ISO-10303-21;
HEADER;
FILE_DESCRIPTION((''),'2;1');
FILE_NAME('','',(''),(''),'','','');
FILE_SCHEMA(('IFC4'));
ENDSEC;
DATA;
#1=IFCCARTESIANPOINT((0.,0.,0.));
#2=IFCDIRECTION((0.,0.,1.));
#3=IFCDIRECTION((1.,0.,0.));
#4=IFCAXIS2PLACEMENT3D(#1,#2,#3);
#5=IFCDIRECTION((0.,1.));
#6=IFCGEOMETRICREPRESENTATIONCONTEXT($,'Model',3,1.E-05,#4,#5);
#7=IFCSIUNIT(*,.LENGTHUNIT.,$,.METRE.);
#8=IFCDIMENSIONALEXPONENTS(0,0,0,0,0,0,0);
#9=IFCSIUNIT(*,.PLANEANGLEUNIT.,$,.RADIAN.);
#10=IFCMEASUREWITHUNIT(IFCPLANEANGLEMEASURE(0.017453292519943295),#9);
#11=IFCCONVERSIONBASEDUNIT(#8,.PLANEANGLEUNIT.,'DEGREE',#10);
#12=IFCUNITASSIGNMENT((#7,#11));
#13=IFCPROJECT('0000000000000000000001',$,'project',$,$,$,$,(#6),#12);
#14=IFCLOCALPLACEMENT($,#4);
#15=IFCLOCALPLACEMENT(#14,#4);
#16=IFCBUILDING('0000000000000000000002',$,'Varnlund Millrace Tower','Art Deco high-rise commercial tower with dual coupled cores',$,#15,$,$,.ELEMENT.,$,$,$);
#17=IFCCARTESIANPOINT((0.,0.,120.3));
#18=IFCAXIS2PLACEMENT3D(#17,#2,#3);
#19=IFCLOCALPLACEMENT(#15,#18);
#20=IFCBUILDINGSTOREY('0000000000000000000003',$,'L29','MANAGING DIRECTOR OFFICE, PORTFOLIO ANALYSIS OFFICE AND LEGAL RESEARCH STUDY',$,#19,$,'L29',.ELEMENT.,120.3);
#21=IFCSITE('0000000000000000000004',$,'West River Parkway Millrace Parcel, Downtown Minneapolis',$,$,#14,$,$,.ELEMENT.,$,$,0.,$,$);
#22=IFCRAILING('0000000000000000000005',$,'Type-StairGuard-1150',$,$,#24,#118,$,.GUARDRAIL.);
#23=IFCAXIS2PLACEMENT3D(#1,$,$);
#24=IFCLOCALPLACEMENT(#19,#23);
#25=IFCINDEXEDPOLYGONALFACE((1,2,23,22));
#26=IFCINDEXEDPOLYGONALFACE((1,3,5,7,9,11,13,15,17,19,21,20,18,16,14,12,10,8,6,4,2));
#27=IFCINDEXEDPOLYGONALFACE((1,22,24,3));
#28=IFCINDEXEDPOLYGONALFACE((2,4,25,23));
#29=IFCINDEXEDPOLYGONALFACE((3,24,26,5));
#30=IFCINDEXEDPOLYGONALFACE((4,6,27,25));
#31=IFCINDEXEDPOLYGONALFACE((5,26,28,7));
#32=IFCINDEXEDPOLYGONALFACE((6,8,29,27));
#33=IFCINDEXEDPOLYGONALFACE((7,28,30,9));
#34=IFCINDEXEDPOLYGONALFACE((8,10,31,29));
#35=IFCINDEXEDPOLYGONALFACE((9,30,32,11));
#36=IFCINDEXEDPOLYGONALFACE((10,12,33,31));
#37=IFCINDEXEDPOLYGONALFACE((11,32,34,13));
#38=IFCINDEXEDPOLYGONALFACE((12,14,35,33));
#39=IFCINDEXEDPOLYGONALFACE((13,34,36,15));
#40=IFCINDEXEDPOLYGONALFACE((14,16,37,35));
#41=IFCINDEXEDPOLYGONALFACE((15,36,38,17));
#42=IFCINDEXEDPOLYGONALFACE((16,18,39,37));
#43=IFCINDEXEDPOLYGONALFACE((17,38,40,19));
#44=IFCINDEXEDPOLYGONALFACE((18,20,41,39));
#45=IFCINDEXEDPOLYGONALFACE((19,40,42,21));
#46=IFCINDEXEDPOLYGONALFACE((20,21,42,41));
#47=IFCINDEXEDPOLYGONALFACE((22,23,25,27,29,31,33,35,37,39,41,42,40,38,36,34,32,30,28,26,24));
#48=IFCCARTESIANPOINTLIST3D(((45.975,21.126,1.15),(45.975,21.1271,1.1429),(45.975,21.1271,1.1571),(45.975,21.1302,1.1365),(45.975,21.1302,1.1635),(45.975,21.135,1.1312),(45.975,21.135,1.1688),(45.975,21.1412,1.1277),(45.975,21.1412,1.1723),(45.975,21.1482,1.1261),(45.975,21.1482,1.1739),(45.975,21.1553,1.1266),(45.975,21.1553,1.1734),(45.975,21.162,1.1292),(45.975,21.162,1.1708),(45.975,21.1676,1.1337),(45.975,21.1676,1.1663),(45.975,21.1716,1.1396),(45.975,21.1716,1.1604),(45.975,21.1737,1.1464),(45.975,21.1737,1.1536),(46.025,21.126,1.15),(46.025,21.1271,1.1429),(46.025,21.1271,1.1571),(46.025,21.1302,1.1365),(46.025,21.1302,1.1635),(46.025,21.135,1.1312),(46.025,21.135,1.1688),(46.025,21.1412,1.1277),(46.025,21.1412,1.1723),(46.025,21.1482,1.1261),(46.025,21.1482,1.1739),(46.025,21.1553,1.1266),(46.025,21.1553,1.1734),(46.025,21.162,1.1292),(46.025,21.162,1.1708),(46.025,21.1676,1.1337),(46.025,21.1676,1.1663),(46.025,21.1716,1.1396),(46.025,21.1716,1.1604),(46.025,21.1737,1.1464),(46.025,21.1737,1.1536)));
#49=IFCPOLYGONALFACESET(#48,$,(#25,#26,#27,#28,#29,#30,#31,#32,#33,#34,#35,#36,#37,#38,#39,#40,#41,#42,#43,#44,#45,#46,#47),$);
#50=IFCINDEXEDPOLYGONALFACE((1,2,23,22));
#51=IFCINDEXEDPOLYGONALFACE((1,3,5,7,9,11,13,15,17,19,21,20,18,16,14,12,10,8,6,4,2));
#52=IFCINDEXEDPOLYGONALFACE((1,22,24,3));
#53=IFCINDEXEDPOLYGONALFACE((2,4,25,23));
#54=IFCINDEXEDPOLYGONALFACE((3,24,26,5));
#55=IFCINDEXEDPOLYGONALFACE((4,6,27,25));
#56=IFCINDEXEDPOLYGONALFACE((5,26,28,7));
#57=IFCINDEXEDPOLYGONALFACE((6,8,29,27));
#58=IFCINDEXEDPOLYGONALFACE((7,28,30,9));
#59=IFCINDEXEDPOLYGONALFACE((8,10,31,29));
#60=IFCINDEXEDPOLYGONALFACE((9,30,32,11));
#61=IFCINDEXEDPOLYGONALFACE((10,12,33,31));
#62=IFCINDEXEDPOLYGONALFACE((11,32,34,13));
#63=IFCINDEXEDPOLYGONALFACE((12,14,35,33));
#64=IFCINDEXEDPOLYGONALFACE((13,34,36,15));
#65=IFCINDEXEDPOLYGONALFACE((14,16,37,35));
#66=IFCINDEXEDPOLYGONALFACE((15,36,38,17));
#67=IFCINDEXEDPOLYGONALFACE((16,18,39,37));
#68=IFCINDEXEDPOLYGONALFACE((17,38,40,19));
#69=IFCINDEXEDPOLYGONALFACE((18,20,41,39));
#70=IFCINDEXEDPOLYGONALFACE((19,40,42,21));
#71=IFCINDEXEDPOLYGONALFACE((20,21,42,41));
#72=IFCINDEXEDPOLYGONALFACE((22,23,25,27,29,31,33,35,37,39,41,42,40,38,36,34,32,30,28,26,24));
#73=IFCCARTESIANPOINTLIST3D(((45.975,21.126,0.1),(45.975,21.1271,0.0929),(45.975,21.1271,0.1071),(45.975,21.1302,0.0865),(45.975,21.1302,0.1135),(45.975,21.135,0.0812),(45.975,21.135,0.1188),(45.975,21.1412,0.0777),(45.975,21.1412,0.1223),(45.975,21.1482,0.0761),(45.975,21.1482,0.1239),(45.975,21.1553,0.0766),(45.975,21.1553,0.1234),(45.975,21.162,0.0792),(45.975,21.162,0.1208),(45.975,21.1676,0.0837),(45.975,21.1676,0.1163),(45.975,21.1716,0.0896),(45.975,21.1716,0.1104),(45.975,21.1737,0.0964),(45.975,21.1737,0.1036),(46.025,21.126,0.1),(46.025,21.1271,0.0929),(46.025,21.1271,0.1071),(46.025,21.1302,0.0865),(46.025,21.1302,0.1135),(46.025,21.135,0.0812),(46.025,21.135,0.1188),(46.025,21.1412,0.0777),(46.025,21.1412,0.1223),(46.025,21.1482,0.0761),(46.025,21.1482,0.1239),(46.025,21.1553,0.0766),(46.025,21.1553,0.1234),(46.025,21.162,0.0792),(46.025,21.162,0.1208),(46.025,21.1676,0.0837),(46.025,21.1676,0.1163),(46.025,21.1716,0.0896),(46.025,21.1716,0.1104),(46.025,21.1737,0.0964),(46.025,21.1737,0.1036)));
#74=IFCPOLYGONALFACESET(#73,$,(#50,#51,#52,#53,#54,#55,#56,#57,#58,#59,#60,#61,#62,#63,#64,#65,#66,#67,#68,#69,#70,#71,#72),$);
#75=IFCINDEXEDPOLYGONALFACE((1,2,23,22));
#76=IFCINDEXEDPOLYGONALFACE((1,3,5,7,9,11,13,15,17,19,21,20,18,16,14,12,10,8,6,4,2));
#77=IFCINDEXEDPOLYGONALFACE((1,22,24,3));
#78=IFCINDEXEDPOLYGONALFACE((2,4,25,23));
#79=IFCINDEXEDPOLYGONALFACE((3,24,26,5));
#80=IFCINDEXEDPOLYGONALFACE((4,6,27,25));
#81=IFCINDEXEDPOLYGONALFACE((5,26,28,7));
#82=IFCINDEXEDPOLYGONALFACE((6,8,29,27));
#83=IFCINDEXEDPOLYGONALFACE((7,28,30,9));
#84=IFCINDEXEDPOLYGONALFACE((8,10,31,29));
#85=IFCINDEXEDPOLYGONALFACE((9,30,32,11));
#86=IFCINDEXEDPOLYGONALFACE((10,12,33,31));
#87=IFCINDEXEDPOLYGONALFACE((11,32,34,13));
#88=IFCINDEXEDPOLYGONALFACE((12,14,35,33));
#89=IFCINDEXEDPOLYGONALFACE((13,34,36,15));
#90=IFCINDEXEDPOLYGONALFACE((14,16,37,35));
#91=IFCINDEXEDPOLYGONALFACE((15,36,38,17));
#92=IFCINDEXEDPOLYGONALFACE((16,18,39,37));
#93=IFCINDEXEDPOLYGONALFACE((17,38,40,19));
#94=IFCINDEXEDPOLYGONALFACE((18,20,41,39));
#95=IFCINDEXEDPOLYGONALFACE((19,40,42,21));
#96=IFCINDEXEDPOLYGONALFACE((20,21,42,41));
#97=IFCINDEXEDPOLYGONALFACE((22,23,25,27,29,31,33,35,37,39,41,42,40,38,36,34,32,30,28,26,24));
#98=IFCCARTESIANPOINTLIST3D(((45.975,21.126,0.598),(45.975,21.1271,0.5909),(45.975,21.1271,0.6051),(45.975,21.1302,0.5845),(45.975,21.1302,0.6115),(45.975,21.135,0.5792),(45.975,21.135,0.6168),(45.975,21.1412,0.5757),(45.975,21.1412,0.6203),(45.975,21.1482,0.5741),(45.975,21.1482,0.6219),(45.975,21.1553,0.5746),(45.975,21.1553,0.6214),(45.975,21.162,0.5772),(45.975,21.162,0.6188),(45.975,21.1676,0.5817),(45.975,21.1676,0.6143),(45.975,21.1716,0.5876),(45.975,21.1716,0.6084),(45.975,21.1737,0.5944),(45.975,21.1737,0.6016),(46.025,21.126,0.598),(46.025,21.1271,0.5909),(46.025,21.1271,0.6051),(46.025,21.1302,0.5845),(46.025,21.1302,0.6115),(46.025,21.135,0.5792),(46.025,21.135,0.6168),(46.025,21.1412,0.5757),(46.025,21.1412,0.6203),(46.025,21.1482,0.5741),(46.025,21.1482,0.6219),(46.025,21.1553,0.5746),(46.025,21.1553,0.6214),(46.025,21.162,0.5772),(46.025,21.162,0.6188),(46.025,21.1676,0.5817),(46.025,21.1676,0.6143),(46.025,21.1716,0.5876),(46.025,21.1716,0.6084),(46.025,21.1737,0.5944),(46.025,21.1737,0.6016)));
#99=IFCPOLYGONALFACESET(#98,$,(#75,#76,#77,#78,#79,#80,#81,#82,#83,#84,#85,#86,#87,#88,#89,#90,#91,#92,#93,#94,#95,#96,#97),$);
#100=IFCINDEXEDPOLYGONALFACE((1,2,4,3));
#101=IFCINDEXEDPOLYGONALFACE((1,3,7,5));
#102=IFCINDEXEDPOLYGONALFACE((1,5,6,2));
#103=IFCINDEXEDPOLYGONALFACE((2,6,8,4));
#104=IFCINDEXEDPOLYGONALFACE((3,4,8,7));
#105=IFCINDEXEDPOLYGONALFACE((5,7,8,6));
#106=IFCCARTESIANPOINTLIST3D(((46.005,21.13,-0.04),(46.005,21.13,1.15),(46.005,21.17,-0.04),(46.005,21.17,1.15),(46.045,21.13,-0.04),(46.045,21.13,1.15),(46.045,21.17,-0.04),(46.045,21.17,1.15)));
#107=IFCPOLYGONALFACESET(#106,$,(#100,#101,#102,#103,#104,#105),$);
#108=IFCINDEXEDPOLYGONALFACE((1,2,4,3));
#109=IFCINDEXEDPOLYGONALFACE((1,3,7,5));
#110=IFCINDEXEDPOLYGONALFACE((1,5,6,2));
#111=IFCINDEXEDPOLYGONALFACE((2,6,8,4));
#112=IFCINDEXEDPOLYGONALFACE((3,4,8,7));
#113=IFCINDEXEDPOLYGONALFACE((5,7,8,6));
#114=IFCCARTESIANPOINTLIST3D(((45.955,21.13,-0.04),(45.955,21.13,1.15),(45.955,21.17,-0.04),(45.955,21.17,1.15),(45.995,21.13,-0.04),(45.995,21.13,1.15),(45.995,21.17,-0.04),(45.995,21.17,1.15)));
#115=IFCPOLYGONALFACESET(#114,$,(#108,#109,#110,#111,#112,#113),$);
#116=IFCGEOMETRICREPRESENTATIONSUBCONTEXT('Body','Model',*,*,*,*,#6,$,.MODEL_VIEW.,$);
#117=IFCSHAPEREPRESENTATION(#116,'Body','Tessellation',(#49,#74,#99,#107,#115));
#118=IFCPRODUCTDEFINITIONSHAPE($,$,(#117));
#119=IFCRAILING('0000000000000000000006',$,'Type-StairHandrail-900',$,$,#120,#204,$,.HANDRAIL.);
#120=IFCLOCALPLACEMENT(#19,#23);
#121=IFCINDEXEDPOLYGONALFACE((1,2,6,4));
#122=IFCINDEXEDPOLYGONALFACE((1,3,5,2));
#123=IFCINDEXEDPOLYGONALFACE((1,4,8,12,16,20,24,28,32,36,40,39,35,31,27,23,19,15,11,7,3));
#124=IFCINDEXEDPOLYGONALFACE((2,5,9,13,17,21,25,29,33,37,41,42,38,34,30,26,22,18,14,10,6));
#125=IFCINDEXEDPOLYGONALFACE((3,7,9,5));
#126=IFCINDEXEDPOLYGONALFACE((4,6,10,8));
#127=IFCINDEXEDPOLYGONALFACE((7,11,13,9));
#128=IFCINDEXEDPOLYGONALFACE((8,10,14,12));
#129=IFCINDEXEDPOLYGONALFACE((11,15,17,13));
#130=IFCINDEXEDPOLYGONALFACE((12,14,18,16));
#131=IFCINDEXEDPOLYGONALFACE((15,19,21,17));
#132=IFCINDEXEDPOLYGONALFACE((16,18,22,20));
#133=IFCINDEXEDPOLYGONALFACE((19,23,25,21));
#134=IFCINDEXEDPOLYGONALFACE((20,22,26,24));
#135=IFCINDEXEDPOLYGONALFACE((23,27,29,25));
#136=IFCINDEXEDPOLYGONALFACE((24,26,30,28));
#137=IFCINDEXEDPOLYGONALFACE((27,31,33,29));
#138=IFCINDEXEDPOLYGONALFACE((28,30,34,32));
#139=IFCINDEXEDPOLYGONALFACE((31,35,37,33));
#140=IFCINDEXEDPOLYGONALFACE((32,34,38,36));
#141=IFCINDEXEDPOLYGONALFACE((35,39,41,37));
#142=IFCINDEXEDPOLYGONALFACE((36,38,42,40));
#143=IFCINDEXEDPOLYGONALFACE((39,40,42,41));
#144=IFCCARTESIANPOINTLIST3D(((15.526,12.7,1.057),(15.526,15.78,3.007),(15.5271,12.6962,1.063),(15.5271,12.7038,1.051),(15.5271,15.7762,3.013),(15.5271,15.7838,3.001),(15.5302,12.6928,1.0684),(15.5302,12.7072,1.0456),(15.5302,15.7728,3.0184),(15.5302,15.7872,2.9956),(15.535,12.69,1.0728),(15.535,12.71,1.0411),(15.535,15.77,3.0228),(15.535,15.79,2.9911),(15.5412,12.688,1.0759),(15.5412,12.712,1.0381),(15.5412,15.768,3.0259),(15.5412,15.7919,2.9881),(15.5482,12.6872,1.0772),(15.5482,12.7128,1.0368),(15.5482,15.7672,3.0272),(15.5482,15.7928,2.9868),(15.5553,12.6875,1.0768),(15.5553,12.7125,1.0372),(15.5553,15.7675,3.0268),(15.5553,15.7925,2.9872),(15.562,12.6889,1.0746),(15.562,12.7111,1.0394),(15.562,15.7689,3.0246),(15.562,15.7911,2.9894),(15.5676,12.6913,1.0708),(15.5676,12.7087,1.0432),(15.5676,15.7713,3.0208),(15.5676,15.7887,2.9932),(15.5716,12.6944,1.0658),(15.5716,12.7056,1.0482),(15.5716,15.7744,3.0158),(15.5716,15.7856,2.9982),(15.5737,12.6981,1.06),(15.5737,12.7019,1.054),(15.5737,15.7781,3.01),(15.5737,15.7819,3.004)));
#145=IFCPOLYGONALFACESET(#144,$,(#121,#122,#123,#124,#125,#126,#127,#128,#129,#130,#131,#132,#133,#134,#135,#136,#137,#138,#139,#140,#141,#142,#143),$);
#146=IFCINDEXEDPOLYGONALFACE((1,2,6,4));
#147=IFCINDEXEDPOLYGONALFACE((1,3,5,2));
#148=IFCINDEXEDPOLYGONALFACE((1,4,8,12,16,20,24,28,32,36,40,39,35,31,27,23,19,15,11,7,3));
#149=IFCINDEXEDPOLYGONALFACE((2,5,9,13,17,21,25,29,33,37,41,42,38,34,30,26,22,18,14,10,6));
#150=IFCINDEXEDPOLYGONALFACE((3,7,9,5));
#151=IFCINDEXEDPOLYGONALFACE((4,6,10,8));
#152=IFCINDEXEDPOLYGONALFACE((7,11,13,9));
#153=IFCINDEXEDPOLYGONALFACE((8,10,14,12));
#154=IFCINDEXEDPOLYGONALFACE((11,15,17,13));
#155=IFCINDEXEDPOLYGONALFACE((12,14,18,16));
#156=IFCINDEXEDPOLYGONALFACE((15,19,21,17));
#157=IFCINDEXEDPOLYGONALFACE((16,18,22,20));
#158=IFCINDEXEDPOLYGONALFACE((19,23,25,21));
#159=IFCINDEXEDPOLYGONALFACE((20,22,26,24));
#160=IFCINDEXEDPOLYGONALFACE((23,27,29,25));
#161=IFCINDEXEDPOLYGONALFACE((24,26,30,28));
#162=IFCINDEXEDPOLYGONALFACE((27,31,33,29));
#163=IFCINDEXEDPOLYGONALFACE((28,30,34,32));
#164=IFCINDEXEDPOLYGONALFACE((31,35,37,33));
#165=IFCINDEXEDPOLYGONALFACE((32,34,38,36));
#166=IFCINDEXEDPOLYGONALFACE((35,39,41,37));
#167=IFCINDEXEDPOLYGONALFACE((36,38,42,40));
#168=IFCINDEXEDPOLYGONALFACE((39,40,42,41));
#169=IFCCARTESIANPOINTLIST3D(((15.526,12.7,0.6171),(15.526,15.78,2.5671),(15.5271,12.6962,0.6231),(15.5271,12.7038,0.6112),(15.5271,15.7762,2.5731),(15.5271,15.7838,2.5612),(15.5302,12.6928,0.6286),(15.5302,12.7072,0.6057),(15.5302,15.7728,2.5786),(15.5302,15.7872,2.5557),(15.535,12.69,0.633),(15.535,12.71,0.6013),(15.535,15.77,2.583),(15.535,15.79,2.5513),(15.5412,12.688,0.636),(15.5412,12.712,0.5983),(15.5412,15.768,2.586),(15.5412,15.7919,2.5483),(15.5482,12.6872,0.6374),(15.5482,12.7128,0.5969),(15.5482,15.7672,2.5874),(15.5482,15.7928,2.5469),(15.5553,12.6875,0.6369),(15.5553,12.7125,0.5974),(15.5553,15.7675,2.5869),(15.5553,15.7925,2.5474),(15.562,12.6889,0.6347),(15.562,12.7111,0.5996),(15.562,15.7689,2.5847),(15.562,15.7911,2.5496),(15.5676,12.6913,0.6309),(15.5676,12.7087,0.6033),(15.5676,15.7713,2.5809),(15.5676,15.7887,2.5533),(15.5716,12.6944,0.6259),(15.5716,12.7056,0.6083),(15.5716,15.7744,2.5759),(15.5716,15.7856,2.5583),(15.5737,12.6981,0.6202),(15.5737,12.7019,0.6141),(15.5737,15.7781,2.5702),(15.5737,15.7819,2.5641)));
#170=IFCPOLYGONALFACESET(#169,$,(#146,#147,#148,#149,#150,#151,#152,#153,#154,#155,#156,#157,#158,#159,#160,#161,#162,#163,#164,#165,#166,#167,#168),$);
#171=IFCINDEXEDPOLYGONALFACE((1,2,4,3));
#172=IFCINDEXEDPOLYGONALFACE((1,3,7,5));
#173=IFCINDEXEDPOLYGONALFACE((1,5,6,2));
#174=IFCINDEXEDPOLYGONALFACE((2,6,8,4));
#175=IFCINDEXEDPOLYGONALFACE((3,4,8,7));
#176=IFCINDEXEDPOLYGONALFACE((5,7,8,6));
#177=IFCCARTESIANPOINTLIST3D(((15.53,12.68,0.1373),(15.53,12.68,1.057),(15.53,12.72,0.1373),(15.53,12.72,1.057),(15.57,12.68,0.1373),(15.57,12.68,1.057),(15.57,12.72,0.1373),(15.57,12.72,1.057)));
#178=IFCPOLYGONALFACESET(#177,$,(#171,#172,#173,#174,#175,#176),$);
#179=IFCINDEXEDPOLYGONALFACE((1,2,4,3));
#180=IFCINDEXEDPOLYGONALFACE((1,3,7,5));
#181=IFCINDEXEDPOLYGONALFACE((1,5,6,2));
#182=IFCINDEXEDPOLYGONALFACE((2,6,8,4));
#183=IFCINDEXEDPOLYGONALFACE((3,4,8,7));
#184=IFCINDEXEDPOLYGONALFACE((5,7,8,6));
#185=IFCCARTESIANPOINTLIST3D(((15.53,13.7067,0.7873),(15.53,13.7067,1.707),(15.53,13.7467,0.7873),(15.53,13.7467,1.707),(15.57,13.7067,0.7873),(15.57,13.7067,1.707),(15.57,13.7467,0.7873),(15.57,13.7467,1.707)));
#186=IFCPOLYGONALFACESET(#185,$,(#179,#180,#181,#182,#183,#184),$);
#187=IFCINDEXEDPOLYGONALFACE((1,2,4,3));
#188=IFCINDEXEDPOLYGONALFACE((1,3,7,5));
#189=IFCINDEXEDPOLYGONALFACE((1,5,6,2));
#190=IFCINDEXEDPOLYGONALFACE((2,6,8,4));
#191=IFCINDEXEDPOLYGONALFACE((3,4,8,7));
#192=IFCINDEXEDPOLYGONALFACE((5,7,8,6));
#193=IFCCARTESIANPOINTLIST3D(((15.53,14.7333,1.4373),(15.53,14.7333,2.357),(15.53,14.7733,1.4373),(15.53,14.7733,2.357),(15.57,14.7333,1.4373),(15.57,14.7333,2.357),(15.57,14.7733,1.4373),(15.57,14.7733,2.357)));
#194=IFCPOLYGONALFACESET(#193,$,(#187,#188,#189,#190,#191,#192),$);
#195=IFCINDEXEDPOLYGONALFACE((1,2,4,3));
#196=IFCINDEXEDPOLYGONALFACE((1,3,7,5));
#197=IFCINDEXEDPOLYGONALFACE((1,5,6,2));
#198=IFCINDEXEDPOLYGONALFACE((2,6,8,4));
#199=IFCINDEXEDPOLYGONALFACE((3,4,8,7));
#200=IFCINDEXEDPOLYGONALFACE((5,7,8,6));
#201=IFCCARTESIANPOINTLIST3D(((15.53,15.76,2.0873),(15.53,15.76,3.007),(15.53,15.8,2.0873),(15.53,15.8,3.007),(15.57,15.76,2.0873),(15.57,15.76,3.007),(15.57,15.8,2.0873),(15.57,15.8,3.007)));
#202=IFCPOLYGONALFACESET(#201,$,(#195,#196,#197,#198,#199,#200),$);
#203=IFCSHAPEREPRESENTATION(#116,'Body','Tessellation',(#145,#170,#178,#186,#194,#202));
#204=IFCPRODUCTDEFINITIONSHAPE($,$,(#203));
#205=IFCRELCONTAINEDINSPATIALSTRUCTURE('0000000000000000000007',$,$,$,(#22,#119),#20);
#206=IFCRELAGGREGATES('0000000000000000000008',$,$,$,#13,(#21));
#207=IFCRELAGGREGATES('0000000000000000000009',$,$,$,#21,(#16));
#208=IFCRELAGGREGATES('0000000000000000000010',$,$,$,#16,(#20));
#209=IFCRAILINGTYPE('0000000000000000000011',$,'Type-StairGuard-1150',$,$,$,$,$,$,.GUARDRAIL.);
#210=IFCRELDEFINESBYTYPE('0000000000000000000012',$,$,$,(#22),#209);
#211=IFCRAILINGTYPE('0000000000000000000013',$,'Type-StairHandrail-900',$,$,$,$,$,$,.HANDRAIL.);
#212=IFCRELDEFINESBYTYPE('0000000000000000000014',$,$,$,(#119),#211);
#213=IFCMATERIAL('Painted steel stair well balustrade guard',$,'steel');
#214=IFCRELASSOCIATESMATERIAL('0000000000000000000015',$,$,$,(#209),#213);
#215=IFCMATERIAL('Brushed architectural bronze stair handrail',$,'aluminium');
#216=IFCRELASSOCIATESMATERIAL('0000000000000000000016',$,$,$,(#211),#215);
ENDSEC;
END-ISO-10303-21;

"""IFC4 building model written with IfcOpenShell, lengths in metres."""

from ifc_helpers import new_model, entity, si_unit, converted_unit, direction, frame, origin_with_axes, origin_2d_with_axis, place, context, subcontext, project, spatial, rectangle, circle, extrude, material, type_object, element, save


model = new_model("IFC4")

# Units and contexts
model_context = context("Model", 3, precision=1e-05, world=origin_with_axes(), true_north=direction((0.0, 1.0)))
body_context = subcontext(model_context, "Body", "Model", "MODEL_VIEW")
ifc_project = project(units=[si_unit("LENGTHUNIT", "METRE"), converted_unit("PLANEANGLEUNIT", "DEGREE", entity("IfcPlaneAngleMeasure", 0.017453292519943295), si_unit("PLANEANGLEUNIT", "RADIAN"), dimensions=[0, 0, 0, 0, 0, 0, 0])], contexts=[model_context])

# Site, building, storey
site_placement = place(None, origin_with_axes())
site = spatial("IfcSite", under=ifc_project, at=site_placement, Name="West River Parkway Millrace Parcel, Downtown Minneapolis", CompositionType="ELEMENT", RefElevation=0.0)
building_placement = place(site_placement, origin_with_axes())
building = spatial("IfcBuilding", under=site, at=building_placement, Name="Varnlund Millrace Tower", Description="Art Deco high-rise commercial tower with dual coupled cores", CompositionType="ELEMENT")
storey_placement = place(building_placement, frame((0.0, 0.0, 120.3), z_axis=(0.0, 0.0, 1.0), x_axis=(1.0, 0.0, 0.0)))
storey = spatial("IfcBuildingStorey", under=building, at=storey_placement, Name="L29", Description="MANAGING DIRECTOR OFFICE, PORTFOLIO ANALYSIS OFFICE AND LEGAL RESEARCH STUDY", LongName="L29", CompositionType="ELEMENT", Elevation=120.3)

# Railings
ifc_material_1 = material(Name="Painted steel stair well balustrade guard", Category="steel")
railing_type_1 = type_object("IfcRailingType", Name="Type-StairGuard-1150", PredefinedType="GUARDRAIL", material=ifc_material_1)
railing_1_placement = place(storey_placement, frame((0.0, 0.0, -120.3), z_axis=(0.0, 0.0, 1.0), x_axis=(1.0, 0.0, 0.0)))
element("IfcRailing", 1, at=railing_1_placement, inside=storey, type_object=railing_type_1, Name="Type-StairGuard-1150", PredefinedType="GUARDRAIL", context=body_context, shape_type="SweptSolid", body=[
    extrude(circle(Radius=0.024, at=origin_2d_with_axis()), frame((46.025, 21.15, 121.45), z_axis=(-1.0, 0.0, 0.0), x_axis=(0.0, -1.0, 0.0)), (0.0, 0.0, 1.0), 0.05),
    extrude(circle(Radius=0.024, at=origin_2d_with_axis()), frame((46.025, 21.15, 120.4), z_axis=(-1.0, 0.0, 0.0), x_axis=(0.0, -1.0, 0.0)), (0.0, 0.0, 1.0), 0.05),
    extrude(circle(Radius=0.024, at=origin_2d_with_axis()), frame((46.025, 21.15, 120.898), z_axis=(-1.0, 0.0, 0.0), x_axis=(0.0, -1.0, 0.0)), (0.0, 0.0, 1.0), 0.05),
    extrude(rectangle(XDim=0.04, YDim=0.04, at=origin_2d_with_axis()), frame((46.025, 21.15, 120.26), z_axis=(0.0, 0.0, 1.0), x_axis=(1.0, 0.0, 0.0)), (0.0, 0.0, 1.0), 1.19),
    extrude(rectangle(XDim=0.04, YDim=0.04, at=origin_2d_with_axis()), frame((45.975, 21.15, 120.26), z_axis=(0.0, 0.0, 1.0), x_axis=(1.0, 0.0, 0.0)), (0.0, 0.0, 1.0), 1.19),
])
ifc_material_2 = material(Name="Brushed architectural bronze stair handrail", Category="aluminium")
railing_type_2 = type_object("IfcRailingType", Name="Type-StairHandrail-900", PredefinedType="HANDRAIL", material=ifc_material_2)
railing_2_placement = place(storey_placement, frame((0.0, 0.0, -120.3), z_axis=(0.0, 0.0, 1.0), x_axis=(1.0, 0.0, 0.0)))
element("IfcRailing", 2, at=railing_2_placement, inside=storey, type_object=railing_type_2, Name="Type-StairHandrail-900", PredefinedType="HANDRAIL", context=body_context, shape_type="SweptSolid", body=[
    extrude(circle(Radius=0.024, at=origin_2d_with_axis()), frame((15.55, 12.7, 121.357), z_axis=(0.0, 0.844902, 0.534922), x_axis=(-1.0, 0.0, 0.0)), (0.0, 0.0, 1.0), 3.6454),
    extrude(circle(Radius=0.024, at=origin_2d_with_axis()), frame((15.55, 12.7, 120.9171), z_axis=(0.0, 0.844902, 0.534922), x_axis=(-1.0, 0.0, 0.0)), (0.0, 0.0, 1.0), 3.6454),
    extrude(rectangle(XDim=0.04, YDim=0.04, at=origin_2d_with_axis()), frame((15.55, 12.7, 120.4373), z_axis=(0.0, 0.0, 1.0), x_axis=(1.0, 0.0, 0.0)), (0.0, 0.0, 1.0), 0.9197),
    extrude(rectangle(XDim=0.04, YDim=0.04, at=origin_2d_with_axis()), frame((15.55, 13.7267, 121.0873), z_axis=(0.0, 0.0, 1.0), x_axis=(1.0, 0.0, 0.0)), (0.0, 0.0, 1.0), 0.9197),
    extrude(rectangle(XDim=0.04, YDim=0.04, at=origin_2d_with_axis()), frame((15.55, 14.7533, 121.7373), z_axis=(0.0, 0.0, 1.0), x_axis=(1.0, 0.0, 0.0)), (0.0, 0.0, 1.0), 0.9197),
    extrude(rectangle(XDim=0.04, YDim=0.04, at=origin_2d_with_axis()), frame((15.55, 15.78, 122.3873), z_axis=(0.0, 0.0, 1.0), x_axis=(1.0, 0.0, 0.0)), (0.0, 0.0, 1.0), 0.9197),
])

save(model, "model.ifc")
